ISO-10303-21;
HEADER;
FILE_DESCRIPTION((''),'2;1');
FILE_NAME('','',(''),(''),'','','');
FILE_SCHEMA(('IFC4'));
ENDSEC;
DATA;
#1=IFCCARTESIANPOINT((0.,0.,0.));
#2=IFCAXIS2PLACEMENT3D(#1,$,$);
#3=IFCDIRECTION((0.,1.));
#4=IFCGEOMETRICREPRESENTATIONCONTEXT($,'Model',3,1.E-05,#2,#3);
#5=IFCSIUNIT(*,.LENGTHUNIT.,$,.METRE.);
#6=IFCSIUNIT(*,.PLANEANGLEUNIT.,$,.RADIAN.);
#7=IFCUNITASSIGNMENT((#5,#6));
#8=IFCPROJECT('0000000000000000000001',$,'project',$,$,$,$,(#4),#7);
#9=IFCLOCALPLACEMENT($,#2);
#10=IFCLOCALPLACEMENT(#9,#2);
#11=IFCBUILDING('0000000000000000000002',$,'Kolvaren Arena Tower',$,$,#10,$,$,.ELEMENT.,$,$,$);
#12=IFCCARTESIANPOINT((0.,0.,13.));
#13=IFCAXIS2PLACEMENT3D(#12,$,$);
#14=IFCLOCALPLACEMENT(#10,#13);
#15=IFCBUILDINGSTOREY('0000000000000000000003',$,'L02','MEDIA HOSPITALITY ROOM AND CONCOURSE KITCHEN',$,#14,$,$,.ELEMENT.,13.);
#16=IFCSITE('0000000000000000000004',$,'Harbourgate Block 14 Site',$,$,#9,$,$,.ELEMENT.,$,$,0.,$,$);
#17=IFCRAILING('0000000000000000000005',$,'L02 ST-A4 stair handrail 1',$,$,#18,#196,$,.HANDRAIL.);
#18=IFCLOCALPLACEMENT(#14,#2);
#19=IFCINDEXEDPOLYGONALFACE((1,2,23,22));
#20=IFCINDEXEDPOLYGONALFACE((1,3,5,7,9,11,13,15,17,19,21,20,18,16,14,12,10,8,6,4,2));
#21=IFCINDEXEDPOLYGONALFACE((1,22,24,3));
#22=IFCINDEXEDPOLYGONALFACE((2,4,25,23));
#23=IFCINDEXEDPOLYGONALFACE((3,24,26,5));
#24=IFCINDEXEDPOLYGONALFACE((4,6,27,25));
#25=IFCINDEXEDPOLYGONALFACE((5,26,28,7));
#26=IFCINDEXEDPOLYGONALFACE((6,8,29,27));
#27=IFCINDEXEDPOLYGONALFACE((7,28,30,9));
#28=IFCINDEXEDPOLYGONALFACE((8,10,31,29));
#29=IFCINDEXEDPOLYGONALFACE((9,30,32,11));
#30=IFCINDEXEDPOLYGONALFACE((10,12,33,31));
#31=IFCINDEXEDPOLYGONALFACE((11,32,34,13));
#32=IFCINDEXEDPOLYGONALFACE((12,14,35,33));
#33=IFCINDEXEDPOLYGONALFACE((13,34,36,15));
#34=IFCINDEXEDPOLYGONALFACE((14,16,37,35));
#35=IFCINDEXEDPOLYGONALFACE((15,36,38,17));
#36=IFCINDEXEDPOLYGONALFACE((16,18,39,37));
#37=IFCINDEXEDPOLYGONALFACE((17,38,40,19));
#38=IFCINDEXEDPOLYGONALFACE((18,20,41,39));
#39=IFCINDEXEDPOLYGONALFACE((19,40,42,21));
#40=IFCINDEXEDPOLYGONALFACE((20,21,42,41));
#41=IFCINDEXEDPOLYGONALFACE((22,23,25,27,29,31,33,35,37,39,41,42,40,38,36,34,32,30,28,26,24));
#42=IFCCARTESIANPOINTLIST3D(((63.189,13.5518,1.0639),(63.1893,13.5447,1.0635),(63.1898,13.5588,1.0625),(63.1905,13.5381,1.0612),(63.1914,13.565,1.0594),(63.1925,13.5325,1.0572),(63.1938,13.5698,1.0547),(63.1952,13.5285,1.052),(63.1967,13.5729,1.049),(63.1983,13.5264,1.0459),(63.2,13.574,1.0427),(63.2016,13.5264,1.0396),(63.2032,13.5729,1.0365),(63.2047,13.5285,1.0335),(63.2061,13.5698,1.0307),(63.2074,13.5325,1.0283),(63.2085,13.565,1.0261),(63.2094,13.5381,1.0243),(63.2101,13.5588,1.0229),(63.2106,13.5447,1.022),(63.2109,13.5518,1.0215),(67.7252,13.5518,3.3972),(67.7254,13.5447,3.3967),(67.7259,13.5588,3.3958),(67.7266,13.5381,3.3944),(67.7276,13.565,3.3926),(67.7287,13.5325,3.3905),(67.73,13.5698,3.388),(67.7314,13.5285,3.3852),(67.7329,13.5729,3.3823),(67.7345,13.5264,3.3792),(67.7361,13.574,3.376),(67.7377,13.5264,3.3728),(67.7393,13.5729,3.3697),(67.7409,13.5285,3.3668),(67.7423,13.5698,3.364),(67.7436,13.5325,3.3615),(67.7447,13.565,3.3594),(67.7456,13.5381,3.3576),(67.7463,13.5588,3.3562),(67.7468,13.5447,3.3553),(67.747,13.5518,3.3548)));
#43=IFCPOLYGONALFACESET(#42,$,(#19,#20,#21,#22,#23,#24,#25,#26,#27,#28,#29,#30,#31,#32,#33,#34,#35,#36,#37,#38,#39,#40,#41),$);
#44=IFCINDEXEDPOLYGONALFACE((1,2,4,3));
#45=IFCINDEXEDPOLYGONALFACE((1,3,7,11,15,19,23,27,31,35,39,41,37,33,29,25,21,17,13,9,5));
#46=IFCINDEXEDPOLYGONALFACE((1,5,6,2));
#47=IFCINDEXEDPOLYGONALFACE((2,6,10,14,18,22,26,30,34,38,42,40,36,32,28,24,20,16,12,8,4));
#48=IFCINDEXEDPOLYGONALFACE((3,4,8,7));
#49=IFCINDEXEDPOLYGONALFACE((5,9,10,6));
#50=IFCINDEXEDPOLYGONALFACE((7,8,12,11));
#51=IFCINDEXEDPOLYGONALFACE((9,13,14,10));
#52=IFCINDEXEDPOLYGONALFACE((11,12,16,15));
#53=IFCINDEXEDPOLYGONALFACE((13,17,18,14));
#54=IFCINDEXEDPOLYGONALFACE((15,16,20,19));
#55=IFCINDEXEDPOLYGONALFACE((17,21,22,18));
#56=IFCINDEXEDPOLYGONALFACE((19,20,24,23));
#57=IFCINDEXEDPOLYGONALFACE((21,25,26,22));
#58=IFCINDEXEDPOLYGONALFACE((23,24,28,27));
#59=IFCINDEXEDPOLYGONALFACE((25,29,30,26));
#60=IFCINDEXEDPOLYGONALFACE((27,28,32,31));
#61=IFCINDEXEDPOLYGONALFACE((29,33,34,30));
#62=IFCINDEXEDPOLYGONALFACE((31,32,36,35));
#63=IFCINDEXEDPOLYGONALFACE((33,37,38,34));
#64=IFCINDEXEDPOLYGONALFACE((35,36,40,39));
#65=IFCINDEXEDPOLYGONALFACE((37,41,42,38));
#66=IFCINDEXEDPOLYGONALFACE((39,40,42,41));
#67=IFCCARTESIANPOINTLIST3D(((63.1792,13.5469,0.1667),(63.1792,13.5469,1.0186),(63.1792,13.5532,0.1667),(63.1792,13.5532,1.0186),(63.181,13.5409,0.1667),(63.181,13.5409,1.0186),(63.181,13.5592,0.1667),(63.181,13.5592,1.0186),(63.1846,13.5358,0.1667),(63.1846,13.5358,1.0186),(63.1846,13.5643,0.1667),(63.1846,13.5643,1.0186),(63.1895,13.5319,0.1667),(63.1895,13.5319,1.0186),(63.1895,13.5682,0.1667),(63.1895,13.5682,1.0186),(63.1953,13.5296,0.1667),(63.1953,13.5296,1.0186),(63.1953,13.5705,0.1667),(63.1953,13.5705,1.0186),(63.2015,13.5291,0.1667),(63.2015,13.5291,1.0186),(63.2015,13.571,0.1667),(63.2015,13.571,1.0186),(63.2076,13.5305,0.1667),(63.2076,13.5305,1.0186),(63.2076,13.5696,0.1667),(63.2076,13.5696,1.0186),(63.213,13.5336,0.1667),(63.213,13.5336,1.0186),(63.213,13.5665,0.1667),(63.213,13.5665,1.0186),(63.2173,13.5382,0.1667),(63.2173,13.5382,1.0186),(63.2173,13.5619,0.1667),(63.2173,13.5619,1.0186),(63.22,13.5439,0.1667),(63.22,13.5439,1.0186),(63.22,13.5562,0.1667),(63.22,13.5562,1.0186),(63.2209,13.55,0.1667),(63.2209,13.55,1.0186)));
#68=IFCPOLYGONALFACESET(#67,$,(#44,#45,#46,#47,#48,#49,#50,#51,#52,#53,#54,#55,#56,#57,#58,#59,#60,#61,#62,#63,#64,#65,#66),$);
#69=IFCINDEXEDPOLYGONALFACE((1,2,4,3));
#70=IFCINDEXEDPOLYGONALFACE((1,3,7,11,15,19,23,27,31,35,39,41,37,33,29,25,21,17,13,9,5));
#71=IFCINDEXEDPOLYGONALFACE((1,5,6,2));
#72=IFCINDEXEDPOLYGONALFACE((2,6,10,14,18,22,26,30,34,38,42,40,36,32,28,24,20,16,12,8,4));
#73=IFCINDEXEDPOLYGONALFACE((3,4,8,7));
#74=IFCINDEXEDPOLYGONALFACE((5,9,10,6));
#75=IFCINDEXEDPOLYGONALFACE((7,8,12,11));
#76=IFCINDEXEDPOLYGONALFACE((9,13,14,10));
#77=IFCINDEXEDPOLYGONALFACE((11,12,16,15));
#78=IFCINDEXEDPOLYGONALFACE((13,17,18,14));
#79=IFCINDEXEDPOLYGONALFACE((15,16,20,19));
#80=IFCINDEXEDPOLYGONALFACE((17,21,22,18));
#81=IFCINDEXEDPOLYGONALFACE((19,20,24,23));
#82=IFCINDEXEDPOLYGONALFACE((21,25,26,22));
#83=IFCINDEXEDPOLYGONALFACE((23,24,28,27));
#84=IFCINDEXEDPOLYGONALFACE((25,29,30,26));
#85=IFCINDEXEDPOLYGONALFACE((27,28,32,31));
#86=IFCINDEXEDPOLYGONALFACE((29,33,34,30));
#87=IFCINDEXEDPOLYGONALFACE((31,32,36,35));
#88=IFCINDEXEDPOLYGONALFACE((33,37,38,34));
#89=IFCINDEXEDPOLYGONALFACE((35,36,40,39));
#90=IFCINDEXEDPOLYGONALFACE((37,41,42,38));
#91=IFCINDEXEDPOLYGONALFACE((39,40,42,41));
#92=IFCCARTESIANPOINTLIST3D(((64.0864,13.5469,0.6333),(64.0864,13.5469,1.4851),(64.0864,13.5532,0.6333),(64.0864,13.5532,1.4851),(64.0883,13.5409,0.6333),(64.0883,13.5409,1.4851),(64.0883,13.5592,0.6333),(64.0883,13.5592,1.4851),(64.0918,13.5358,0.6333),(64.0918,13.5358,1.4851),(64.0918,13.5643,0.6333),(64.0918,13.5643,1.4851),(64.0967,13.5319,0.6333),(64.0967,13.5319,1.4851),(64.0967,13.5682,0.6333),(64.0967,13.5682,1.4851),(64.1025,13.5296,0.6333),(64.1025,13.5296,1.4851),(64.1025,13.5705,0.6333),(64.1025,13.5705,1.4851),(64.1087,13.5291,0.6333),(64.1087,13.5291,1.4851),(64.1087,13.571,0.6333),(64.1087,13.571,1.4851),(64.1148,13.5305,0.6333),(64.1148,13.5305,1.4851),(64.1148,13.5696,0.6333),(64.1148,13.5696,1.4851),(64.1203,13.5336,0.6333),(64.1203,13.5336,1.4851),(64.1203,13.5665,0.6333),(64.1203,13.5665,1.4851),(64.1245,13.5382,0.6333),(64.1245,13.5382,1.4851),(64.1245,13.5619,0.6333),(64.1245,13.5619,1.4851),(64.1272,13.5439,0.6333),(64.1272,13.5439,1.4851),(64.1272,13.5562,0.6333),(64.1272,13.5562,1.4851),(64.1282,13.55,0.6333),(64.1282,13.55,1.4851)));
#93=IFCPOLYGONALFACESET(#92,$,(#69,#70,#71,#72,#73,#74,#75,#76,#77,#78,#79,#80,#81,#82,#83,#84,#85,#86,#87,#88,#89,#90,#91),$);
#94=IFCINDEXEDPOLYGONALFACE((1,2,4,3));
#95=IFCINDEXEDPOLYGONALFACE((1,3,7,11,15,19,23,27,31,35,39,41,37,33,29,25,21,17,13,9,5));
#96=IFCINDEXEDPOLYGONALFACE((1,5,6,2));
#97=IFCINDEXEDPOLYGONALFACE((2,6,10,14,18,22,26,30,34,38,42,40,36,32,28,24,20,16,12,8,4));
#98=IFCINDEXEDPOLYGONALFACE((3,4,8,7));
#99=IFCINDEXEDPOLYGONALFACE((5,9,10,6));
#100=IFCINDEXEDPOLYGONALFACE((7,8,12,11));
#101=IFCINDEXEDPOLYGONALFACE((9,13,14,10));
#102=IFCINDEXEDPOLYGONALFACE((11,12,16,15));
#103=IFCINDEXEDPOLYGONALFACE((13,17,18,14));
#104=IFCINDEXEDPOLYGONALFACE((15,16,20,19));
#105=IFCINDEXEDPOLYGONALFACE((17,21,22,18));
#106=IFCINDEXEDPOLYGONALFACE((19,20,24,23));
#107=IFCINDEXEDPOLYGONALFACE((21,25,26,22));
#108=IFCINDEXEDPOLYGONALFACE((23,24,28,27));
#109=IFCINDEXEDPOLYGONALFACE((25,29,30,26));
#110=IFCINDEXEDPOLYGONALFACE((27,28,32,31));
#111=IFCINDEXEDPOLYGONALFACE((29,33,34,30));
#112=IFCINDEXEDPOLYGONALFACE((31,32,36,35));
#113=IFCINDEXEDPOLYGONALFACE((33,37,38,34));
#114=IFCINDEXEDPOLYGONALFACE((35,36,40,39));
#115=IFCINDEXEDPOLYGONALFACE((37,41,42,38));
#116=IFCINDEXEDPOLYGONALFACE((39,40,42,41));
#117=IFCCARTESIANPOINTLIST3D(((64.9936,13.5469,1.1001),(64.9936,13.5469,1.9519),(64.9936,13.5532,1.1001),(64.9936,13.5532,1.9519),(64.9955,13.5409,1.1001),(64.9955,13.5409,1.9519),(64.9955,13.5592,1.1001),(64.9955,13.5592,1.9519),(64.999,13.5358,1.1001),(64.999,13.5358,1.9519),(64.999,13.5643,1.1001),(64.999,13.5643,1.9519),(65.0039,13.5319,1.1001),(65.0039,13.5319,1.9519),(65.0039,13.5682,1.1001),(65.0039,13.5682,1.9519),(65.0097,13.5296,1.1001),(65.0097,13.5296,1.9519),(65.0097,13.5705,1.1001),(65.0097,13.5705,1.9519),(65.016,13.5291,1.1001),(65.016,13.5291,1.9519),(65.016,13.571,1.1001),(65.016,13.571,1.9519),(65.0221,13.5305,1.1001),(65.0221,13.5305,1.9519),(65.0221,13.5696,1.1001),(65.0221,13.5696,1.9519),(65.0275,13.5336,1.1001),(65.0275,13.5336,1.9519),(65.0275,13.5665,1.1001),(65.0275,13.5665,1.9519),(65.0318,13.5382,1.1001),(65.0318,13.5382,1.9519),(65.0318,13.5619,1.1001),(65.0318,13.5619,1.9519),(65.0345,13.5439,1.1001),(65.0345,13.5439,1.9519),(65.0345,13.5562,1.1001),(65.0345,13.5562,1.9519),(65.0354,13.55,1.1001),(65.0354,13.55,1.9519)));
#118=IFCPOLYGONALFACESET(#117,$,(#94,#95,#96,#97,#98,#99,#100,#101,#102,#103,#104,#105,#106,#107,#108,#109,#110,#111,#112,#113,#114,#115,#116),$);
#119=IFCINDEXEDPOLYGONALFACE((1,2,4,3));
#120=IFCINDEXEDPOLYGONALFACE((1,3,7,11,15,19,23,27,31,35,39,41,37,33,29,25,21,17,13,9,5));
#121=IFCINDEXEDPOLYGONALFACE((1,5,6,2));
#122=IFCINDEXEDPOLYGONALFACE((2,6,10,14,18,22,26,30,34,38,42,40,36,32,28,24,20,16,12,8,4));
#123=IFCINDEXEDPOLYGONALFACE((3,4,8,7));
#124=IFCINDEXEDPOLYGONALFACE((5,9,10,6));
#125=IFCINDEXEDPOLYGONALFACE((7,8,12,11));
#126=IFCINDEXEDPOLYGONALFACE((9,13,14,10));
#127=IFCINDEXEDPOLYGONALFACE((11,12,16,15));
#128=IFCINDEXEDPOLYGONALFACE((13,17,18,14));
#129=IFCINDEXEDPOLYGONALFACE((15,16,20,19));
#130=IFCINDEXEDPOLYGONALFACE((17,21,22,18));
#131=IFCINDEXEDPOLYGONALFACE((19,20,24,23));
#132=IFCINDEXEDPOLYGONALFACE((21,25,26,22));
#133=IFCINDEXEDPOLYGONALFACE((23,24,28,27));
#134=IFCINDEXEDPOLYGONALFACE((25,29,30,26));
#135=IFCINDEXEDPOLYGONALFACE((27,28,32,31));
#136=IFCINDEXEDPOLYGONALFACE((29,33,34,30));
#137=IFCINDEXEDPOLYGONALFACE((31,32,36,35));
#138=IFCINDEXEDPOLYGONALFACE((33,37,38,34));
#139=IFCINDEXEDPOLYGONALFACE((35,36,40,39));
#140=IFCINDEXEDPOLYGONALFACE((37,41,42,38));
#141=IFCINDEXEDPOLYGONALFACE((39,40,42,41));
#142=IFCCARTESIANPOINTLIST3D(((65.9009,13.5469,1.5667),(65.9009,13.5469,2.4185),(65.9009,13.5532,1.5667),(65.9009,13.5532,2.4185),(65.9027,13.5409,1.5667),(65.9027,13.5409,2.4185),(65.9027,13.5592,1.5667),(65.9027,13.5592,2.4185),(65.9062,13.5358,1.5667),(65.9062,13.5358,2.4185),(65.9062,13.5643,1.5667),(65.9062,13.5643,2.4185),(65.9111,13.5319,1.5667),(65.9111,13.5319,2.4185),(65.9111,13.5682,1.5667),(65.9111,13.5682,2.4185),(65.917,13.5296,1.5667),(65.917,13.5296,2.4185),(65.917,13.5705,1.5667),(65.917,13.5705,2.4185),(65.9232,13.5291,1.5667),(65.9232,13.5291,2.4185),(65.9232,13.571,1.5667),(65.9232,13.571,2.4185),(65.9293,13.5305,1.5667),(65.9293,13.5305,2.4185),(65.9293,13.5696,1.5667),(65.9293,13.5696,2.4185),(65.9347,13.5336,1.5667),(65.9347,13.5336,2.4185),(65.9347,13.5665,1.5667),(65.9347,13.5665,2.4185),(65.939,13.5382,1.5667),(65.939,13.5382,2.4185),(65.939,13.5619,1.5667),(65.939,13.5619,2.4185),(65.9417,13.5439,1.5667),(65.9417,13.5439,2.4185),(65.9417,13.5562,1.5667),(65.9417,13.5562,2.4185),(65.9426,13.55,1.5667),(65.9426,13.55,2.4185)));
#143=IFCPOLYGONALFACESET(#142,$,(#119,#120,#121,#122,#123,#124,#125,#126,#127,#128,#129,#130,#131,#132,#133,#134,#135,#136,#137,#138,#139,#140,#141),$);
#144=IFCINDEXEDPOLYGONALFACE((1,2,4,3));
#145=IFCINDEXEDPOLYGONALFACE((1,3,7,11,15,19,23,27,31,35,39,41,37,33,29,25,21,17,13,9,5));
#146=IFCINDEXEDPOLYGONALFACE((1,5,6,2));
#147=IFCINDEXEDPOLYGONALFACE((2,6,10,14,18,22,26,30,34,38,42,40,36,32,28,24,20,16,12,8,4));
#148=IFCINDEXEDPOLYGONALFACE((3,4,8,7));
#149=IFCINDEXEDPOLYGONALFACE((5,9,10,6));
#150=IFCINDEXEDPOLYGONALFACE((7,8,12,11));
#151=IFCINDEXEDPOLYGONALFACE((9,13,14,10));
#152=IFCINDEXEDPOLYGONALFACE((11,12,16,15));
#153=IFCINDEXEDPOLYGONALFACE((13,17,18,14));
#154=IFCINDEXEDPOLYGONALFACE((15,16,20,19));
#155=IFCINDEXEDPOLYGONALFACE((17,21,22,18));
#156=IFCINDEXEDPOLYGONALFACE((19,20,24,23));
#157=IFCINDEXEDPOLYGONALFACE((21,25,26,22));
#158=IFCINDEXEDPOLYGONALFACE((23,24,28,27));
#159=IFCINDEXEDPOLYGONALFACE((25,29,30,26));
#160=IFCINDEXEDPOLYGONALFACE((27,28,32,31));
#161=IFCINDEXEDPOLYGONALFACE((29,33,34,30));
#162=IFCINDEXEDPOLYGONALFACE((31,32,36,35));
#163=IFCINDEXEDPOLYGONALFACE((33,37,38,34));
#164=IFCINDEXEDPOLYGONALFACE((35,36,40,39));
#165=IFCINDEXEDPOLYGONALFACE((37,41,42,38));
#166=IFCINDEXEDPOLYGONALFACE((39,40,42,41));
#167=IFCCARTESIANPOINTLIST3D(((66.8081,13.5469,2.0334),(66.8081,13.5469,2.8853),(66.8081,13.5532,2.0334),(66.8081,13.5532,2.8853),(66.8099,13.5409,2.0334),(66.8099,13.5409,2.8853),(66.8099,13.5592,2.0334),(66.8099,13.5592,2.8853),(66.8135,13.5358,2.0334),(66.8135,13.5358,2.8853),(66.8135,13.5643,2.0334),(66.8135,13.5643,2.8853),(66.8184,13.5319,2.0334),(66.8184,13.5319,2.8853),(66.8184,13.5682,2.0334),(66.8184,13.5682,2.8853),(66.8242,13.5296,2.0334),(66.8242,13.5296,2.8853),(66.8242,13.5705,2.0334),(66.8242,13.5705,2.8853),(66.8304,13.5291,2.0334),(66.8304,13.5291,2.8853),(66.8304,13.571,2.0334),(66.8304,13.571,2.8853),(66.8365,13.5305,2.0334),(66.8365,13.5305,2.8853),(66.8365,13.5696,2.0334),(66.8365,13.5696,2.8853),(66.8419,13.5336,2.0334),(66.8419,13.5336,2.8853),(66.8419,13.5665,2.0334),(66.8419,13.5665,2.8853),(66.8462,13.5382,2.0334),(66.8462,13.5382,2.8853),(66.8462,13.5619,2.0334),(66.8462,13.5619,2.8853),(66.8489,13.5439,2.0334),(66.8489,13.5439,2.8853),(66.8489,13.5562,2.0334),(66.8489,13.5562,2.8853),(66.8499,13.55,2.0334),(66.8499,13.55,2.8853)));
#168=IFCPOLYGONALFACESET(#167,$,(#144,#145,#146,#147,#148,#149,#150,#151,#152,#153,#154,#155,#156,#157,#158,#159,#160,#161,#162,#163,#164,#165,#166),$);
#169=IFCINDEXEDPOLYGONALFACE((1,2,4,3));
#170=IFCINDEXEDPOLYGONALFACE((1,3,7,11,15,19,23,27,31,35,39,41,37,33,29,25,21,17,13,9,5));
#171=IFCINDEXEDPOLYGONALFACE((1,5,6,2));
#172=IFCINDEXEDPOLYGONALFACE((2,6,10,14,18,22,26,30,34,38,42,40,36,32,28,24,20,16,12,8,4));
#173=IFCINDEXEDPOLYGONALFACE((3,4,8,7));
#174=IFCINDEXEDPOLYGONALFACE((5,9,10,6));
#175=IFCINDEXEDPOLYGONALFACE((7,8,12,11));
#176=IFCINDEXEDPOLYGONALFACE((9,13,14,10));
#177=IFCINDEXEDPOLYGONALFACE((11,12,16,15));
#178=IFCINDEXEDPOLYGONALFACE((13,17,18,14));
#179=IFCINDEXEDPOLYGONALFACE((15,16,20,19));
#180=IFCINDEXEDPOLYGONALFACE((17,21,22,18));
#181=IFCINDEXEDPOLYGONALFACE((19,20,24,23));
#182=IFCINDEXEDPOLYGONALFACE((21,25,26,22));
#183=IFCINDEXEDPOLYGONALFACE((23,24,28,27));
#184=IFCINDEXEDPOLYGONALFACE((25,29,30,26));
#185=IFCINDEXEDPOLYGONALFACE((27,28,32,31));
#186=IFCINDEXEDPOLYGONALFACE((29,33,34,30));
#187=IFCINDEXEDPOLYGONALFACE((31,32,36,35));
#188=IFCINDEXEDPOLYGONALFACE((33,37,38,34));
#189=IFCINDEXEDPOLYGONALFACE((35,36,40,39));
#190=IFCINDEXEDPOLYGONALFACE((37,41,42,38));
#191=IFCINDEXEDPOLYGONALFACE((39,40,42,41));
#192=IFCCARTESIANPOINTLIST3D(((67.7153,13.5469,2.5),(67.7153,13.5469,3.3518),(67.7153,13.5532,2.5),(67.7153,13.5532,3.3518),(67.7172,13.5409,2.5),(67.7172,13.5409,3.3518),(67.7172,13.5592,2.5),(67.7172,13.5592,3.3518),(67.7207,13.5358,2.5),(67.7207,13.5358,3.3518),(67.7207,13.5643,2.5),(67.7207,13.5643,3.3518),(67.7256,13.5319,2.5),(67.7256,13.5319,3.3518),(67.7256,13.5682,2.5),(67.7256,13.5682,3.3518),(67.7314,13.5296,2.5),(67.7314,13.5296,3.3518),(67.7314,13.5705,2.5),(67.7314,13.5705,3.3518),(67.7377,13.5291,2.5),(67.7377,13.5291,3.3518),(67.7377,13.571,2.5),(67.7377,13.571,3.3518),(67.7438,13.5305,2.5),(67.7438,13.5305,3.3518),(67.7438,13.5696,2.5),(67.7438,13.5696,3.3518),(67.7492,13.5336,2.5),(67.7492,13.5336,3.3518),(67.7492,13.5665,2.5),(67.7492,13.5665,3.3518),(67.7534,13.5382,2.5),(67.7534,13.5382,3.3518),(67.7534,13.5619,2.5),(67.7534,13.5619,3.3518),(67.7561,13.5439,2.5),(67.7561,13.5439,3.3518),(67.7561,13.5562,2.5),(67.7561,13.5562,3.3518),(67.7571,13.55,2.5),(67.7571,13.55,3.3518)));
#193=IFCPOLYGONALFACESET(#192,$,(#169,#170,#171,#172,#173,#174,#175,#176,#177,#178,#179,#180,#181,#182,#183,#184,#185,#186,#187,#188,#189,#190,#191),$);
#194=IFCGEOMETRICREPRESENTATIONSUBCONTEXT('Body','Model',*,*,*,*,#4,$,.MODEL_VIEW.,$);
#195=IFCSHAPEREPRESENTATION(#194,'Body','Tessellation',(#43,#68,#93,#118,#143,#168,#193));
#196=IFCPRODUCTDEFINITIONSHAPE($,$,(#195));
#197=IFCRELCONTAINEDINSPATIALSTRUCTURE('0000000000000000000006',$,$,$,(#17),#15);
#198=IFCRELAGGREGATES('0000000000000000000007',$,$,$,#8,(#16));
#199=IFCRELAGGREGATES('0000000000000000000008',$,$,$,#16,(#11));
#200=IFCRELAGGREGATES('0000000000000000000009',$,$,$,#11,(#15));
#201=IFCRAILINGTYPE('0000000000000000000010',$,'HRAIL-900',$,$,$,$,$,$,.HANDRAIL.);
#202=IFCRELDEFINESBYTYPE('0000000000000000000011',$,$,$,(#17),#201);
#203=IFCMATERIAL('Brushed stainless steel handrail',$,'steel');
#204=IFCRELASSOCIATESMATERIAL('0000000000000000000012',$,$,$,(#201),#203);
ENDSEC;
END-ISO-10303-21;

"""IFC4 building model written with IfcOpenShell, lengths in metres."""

from ifc_helpers import new_model, si_unit, direction, frame, origin, origin_2d, place, context, subcontext, project, spatial, circle, extrude, material, type_object, element, save


model = new_model("IFC4")

# Units and contexts
model_context = context("Model", 3, precision=1e-05, world=origin(), true_north=direction((0.0, 1.0)))
body_context = subcontext(model_context, "Body", "Model", "MODEL_VIEW")
ifc_project = project(units=[si_unit("LENGTHUNIT", "METRE"), si_unit("PLANEANGLEUNIT", "RADIAN")], contexts=[model_context])

# Site, building, storey
site_placement = place(None, origin())
site = spatial("IfcSite", under=ifc_project, at=site_placement, Name="Harbourgate Block 14 Site", CompositionType="ELEMENT", RefElevation=0.0)
building_placement = place(site_placement, origin())
building = spatial("IfcBuilding", under=site, at=building_placement, Name="Kolvaren Arena Tower", CompositionType="ELEMENT")
storey_placement = place(building_placement, frame((0.0, 0.0, 13.0)))
storey = spatial("IfcBuildingStorey", under=building, at=storey_placement, Name="L02", Description="MEDIA HOSPITALITY ROOM AND CONCOURSE KITCHEN", CompositionType="ELEMENT", Elevation=13.0)

# Railing
ifc_material_1 = material(Name="Brushed stainless steel handrail", Category="steel")
railing_type_1 = type_object("IfcRailingType", Name="HRAIL-900", PredefinedType="HANDRAIL", material=ifc_material_1)
railing_1_placement = place(storey_placement, frame((63.2, 13.55, 0.1667)))
element("IfcRailing", 1, at=railing_1_placement, inside=storey, type_object=railing_type_1, Name="L02 ST-A4 stair handrail 1", PredefinedType="HANDRAIL", context=body_context, shape_type="SweptSolid", body=[
    extrude(circle(Radius=0.0239, at=origin_2d()), frame((0.0, 0.0, 0.876), z_axis=(0.889257, 0.0, 0.457407), x_axis=(0.0, 1.0, 0.0)), (0.0, 0.0, 1.0), 5.1011),
    extrude(circle(Radius=0.021, at=origin_2d()), origin(), (0.0, 0.0, 1.0), 0.8518),
    extrude(circle(Radius=0.021, at=origin_2d()), frame((0.9072, 0.0, 0.4666)), (0.0, 0.0, 1.0), 0.8518),
    extrude(circle(Radius=0.021, at=origin_2d()), frame((1.8145, 0.0, 0.9333)), (0.0, 0.0, 1.0), 0.8518),
    extrude(circle(Radius=0.021, at=origin_2d()), frame((2.7217, 0.0, 1.3999)), (0.0, 0.0, 1.0), 0.8518),
    extrude(circle(Radius=0.021, at=origin_2d()), frame((3.6289, 0.0, 1.8667)), (0.0, 0.0, 1.0), 0.8518),
    extrude(circle(Radius=0.021, at=origin_2d()), frame((4.5361, 0.0, 2.3333)), (0.0, 0.0, 1.0), 0.8518),
])

save(model, "model.ifc")
